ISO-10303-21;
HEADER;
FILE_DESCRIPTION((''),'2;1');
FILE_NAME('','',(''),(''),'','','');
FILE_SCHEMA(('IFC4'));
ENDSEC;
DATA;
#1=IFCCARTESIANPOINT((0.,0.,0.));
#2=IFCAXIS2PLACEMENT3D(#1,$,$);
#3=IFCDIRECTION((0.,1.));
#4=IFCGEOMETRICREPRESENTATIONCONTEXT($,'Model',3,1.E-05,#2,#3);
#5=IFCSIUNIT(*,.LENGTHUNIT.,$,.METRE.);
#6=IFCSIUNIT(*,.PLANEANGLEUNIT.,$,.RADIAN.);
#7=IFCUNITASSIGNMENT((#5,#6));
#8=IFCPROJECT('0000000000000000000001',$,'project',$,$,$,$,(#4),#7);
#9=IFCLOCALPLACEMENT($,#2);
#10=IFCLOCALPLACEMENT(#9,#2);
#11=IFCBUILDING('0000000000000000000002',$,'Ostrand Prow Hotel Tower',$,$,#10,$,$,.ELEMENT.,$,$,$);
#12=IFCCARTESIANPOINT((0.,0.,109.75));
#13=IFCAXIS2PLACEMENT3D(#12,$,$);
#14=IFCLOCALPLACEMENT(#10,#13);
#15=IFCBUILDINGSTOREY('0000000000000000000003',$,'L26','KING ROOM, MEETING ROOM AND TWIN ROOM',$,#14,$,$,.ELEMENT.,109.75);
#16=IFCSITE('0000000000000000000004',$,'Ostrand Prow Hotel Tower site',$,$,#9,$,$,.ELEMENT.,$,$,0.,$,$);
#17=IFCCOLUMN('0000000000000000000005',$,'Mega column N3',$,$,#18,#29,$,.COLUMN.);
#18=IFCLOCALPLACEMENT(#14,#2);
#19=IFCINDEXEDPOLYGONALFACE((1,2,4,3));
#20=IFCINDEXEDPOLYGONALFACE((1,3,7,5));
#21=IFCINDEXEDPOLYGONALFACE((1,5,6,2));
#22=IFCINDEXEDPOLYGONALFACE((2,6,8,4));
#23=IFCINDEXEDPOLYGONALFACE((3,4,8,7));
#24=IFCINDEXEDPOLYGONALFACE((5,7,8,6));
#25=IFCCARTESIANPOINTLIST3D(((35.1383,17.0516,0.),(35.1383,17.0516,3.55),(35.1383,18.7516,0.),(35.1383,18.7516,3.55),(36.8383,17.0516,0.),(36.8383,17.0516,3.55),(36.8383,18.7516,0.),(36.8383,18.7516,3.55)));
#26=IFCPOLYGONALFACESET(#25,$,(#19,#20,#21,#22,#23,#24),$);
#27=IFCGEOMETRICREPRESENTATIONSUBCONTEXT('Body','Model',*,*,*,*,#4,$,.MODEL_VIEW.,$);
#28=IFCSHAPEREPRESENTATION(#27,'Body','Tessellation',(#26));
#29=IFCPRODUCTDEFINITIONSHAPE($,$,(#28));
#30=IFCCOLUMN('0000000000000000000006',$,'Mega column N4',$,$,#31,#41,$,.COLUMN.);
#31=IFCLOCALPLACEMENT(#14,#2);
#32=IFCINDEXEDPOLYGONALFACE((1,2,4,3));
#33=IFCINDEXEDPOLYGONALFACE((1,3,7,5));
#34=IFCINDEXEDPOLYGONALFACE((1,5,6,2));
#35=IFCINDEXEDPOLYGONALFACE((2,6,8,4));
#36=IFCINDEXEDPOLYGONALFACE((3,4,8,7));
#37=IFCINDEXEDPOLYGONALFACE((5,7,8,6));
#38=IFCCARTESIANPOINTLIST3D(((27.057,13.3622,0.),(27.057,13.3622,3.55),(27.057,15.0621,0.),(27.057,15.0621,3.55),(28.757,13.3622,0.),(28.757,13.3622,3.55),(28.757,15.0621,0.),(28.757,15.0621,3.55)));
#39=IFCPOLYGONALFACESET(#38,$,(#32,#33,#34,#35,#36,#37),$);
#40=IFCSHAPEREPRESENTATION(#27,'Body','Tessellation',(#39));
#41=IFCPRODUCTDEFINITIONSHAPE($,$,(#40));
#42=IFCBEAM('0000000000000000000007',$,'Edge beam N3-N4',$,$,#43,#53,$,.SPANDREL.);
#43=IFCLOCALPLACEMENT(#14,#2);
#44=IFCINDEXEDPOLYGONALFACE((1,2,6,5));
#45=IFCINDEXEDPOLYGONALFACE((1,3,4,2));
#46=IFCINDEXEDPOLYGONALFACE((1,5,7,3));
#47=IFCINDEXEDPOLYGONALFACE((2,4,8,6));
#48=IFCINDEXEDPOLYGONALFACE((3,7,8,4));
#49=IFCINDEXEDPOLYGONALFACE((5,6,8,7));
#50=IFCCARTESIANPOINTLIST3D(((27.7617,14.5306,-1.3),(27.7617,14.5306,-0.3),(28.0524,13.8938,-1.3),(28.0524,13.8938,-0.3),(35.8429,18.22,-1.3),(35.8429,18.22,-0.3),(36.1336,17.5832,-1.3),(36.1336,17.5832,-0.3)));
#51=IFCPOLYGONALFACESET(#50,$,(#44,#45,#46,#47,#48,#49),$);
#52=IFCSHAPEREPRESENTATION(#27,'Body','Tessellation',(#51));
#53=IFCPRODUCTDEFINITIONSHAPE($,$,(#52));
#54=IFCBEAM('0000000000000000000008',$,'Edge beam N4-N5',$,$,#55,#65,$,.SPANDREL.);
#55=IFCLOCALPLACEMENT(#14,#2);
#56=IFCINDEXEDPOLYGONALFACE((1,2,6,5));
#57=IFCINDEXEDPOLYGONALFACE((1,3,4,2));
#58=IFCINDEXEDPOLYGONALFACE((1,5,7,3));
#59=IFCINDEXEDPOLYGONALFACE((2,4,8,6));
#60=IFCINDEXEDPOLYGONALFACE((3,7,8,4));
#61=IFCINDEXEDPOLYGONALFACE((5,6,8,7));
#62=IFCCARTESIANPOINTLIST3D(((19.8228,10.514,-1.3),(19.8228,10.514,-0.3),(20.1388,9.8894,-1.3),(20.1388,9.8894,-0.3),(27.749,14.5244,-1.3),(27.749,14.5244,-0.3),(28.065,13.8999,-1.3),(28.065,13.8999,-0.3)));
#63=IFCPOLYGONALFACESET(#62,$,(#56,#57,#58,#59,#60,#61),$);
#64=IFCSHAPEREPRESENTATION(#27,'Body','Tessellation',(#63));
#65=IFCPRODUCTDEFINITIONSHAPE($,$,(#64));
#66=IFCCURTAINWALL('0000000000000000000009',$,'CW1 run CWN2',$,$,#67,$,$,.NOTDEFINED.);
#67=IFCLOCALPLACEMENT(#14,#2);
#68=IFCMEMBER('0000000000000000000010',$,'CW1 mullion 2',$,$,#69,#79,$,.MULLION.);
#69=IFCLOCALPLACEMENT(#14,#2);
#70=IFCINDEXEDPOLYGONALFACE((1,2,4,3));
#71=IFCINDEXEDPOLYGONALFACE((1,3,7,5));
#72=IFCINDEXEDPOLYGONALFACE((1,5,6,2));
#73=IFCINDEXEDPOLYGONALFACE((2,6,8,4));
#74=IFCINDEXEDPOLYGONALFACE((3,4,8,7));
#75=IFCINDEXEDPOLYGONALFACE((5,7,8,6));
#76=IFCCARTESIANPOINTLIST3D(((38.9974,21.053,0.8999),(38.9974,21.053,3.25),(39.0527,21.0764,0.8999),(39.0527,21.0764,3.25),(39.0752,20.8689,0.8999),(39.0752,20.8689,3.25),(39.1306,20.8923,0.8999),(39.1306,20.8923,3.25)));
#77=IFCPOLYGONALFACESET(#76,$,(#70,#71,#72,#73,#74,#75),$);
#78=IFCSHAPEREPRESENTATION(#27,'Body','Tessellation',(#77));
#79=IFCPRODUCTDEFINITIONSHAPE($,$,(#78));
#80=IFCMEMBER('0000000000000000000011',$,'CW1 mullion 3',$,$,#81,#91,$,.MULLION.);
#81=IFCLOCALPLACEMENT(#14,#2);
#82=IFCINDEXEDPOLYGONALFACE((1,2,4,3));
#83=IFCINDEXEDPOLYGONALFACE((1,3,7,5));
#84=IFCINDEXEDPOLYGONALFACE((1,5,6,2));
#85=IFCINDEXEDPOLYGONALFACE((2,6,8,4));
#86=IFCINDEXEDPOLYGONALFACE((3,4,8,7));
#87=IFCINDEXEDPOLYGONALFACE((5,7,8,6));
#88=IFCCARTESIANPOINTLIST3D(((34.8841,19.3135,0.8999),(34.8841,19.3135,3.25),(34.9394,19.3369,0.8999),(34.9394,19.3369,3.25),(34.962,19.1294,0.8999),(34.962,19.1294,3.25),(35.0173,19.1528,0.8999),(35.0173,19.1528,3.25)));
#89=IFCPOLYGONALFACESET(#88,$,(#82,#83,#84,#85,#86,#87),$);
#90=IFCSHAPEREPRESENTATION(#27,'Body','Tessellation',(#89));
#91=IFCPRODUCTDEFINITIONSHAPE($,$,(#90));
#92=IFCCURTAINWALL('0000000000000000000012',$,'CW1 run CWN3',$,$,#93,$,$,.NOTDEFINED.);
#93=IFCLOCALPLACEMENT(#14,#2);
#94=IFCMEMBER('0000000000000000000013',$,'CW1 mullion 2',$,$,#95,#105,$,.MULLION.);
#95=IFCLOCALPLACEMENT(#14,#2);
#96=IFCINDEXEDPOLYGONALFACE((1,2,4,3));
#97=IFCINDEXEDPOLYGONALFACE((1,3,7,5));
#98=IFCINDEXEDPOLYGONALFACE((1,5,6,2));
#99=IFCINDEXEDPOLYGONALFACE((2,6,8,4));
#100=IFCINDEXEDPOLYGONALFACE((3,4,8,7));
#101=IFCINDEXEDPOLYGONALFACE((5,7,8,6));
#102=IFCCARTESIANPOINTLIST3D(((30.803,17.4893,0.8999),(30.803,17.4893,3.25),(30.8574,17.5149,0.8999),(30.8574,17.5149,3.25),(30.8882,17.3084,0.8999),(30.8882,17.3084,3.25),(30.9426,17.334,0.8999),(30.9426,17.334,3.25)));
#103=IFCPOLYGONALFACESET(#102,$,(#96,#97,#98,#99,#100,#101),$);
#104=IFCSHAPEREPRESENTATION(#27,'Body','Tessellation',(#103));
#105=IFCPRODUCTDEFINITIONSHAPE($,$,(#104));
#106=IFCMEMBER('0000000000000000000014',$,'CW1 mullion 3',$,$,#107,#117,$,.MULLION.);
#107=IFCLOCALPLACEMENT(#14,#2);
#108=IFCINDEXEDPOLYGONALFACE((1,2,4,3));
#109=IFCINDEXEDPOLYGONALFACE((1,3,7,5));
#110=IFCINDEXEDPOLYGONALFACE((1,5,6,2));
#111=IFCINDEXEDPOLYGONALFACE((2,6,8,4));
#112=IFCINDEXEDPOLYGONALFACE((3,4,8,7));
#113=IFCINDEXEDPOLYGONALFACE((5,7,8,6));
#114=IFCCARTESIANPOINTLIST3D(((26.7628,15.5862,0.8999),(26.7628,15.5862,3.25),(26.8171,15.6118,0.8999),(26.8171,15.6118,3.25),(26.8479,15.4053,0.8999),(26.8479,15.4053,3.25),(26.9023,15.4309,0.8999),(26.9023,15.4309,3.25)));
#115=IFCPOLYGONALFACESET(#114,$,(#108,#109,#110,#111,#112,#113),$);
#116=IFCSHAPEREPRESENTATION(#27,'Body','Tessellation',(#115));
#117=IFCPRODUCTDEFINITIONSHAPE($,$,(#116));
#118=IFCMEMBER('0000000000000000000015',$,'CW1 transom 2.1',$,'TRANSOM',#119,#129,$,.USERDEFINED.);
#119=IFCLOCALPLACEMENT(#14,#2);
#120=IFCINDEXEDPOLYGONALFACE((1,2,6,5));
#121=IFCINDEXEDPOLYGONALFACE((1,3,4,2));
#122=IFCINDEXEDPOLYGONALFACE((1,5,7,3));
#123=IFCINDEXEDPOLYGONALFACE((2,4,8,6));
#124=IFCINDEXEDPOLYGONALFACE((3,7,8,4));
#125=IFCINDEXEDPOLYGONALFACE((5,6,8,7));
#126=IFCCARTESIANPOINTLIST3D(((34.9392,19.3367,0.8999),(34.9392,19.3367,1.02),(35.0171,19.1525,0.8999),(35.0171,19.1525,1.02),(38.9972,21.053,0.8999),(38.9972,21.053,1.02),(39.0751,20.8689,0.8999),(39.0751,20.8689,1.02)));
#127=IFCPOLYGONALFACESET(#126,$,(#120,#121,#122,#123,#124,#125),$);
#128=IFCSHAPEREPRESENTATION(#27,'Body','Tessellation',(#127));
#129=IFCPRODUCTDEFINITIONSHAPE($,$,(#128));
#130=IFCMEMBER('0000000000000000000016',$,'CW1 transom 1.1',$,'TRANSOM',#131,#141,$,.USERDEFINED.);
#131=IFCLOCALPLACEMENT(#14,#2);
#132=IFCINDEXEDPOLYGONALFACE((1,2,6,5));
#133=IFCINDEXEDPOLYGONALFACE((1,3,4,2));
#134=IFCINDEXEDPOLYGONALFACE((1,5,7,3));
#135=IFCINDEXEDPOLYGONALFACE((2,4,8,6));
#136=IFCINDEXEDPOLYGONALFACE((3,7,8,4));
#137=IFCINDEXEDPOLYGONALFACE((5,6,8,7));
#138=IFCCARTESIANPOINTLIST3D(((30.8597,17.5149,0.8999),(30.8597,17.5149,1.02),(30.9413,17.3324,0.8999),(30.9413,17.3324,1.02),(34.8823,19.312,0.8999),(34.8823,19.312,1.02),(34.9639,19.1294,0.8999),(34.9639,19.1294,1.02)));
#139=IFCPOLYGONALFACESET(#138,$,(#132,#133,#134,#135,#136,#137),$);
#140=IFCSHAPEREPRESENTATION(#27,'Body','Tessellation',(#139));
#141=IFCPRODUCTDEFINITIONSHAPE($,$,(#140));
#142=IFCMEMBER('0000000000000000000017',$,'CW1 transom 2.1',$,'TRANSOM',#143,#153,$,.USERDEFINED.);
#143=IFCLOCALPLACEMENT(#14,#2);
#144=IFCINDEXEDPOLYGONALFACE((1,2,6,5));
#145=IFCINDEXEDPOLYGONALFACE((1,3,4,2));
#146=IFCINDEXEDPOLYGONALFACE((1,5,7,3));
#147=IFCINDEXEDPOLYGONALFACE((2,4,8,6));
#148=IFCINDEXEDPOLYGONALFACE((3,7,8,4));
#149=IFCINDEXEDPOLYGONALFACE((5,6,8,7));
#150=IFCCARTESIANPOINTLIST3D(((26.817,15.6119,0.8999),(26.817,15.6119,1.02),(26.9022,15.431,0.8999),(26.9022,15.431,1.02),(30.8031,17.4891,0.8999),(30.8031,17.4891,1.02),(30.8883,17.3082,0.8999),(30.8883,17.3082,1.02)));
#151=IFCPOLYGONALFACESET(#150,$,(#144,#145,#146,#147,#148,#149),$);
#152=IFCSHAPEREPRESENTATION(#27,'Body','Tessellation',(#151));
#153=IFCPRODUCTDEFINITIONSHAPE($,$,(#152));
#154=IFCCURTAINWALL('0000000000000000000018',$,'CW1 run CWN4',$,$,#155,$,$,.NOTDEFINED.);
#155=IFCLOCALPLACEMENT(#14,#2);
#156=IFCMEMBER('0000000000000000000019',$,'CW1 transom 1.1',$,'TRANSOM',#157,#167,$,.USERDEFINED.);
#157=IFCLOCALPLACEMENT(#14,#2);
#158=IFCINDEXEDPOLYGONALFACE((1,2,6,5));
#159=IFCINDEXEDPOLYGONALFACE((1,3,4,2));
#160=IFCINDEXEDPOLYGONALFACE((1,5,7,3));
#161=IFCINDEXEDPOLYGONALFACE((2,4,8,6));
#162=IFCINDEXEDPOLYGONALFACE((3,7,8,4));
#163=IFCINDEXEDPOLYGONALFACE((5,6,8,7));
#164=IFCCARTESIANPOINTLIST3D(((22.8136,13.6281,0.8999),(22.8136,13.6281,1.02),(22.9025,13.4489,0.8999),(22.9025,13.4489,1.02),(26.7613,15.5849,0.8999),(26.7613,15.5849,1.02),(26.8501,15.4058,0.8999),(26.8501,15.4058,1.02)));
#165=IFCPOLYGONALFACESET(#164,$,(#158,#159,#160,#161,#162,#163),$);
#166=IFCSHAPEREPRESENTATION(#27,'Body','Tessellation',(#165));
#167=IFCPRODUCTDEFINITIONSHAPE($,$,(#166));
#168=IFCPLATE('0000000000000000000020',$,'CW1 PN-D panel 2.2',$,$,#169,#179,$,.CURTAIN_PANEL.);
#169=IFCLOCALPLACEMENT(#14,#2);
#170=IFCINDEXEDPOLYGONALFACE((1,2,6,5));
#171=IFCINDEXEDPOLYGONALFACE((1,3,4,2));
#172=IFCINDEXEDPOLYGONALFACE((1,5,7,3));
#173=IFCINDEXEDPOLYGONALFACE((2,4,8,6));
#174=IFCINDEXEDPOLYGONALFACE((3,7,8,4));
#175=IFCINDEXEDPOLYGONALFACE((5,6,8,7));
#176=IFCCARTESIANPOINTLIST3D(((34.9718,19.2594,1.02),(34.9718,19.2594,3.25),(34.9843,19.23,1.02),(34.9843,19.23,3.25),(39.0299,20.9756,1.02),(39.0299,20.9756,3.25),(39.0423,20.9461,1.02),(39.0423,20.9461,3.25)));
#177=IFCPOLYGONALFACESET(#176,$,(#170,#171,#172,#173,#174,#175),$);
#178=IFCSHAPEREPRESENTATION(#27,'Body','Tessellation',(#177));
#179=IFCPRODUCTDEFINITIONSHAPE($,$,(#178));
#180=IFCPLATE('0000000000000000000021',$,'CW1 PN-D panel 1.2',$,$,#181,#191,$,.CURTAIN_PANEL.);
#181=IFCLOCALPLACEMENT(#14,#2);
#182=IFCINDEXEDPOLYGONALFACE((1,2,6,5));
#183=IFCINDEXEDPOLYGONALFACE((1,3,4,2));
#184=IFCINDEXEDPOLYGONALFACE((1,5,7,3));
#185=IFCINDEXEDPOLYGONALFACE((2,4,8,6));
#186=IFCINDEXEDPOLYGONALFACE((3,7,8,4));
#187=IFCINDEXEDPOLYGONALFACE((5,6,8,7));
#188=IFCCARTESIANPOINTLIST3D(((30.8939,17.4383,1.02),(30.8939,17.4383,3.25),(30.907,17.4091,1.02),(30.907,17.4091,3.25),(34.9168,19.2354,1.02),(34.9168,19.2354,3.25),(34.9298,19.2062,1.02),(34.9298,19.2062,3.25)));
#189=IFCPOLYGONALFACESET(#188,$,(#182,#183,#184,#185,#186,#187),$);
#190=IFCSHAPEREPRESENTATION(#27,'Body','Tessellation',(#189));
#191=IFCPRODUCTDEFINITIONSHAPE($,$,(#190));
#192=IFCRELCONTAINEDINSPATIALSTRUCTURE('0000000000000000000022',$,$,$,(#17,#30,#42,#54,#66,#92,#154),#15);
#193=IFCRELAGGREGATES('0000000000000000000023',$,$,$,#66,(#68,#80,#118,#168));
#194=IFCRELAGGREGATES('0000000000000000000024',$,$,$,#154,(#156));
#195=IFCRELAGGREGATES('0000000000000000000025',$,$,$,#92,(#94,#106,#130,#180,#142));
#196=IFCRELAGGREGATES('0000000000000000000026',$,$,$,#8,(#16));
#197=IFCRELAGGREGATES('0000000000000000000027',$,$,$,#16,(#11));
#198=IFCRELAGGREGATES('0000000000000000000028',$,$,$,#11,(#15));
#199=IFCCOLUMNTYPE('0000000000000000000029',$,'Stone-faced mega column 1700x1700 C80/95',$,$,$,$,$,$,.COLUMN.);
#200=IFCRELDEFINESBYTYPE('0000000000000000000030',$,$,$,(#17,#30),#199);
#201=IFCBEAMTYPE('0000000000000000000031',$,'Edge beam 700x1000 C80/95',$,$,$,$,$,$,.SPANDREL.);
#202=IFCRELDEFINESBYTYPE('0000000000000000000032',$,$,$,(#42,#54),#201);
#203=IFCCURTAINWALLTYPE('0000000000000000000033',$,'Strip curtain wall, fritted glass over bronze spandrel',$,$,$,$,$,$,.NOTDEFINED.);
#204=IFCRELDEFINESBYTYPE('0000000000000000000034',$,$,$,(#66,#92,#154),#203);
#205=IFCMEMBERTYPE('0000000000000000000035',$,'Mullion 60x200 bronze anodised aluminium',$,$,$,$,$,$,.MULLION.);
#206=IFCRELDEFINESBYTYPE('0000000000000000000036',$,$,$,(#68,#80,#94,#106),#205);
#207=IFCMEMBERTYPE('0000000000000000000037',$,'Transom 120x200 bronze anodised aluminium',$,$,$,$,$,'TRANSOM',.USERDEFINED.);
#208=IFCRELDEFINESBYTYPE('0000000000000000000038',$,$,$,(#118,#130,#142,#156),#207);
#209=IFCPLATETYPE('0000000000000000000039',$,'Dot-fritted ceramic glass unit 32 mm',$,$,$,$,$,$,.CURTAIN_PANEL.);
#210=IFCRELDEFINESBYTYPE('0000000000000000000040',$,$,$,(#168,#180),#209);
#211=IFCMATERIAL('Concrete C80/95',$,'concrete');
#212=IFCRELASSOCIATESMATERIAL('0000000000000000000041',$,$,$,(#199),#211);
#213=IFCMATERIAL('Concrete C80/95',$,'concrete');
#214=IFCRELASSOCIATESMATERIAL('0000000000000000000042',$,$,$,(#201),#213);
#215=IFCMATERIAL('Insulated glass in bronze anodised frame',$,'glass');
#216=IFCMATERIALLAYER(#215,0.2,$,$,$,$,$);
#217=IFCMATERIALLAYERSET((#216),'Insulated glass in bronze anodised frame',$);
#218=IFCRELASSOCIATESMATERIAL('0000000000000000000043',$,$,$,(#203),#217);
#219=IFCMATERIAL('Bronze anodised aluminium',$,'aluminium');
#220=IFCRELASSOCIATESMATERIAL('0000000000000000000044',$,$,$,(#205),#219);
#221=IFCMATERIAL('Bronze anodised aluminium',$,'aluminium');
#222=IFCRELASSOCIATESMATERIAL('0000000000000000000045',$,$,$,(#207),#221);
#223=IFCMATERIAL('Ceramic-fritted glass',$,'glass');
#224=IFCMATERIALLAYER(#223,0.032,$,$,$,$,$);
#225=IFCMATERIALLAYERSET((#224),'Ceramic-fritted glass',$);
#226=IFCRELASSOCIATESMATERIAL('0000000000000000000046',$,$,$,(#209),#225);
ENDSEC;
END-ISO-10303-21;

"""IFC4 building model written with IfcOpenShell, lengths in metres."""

from ifc_helpers import new_model, si_unit, direction, frame, origin, origin_2d, place, context, subcontext, project, spatial, rectangle, extrude, material, layer, layer_set, material_profile, profile_set, type_object, element, aggregate, save


model = new_model("IFC4")

# Units and contexts
model_context = context("Model", 3, precision=1e-05, world=origin(), true_north=direction((0.0, 1.0)))
body_context = subcontext(model_context, "Body", "Model", "MODEL_VIEW")
ifc_project = project(units=[si_unit("LENGTHUNIT", "METRE"), si_unit("PLANEANGLEUNIT", "RADIAN")], contexts=[model_context])

# Site, building, storey
site_placement = place(None, origin())
site = spatial("IfcSite", under=ifc_project, at=site_placement, Name="Ostrand Prow Hotel Tower site", CompositionType="ELEMENT", RefElevation=0.0)
building_placement = place(site_placement, origin())
building = spatial("IfcBuilding", under=site, at=building_placement, Name="Ostrand Prow Hotel Tower", CompositionType="ELEMENT")
storey_placement = place(building_placement, frame((0.0, 0.0, 109.75)))
storey = spatial("IfcBuildingStorey", under=building, at=storey_placement, Name="L26", Description="KING ROOM, MEETING ROOM AND TWIN ROOM", CompositionType="ELEMENT", Elevation=109.75)

# Columns
ifc_material_1 = material(Name="Concrete C80/95", Category="concrete")
ifc_material_profile_1 = material_profile(ifc_material_1, rectangle(XDim=1.7, YDim=1.7, at=origin_2d()), Name="RC 1700x1700")
ifc_profile_set_1 = profile_set([ifc_material_profile_1], Name="Concrete C80/95")
column_type = type_object("IfcColumnType", Name="Stone-faced mega column 1700x1700 C80/95", PredefinedType="COLUMN", material=ifc_profile_set_1)
for number, where, z_axis, x_axis, name in (
    (1, (35.9883, 17.9016, 0.0), (0.0, 0.0, 1.0), (1.0, 0.0, 0.0), "Mega column N3"),
    (2, (27.907, 14.2122, 0.0), (0.0, 0.0, 1.0), (1.0, 0.0, 0.0), "Mega column N4"),
):
    element("IfcColumn", number, at=place(storey_placement, frame(where, z_axis=z_axis, x_axis=x_axis)), inside=storey, type_object=column_type, Name=name, PredefinedType="COLUMN", context=body_context, shape_type="SweptSolid", body=[
        extrude(rectangle(XDim=1.7, YDim=1.7, at=origin_2d()), origin(), (0.0, 0.0, 1.0), 3.55),
    ])

# Beams
ifc_material_2 = material(Name="Concrete C80/95", Category="concrete")
ifc_material_profile_2 = material_profile(ifc_material_2, rectangle(XDim=0.7, YDim=1.0, at=origin_2d()), Name="RC 700x1000")
ifc_profile_set_2 = profile_set([ifc_material_profile_2], Name="Concrete C80/95")
beam_type = type_object("IfcBeamType", Name="Edge beam 700x1000 C80/95", PredefinedType="SPANDREL", material=ifc_profile_set_2)
beam_1_placement = place(storey_placement, frame((35.9883, 17.9016, -0.8), z_axis=(-0.909681, -0.415308, 0.0), x_axis=(0.415308, -0.909681, 0.0)))
element("IfcBeam", 3, at=beam_1_placement, inside=storey, type_object=beam_type, Name="Edge beam N3-N4", PredefinedType="SPANDREL", context=body_context, shape_type="SweptSolid", body=[
    extrude(rectangle(XDim=0.7, YDim=1.0, at=origin_2d()), origin(), (0.0, 0.0, 1.0), 8.8835),
])
beam_2_placement = place(storey_placement, frame((27.907, 14.2122, -0.8), z_axis=(-0.892284, -0.451474, 0.0), x_axis=(0.451474, -0.892284, 0.0)))
element("IfcBeam", 4, at=beam_2_placement, inside=storey, type_object=beam_type, Name="Edge beam N4-N5", PredefinedType="SPANDREL", context=body_context, shape_type="SweptSolid", body=[
    extrude(rectangle(XDim=0.7, YDim=1.0, at=origin_2d()), origin(), (0.0, 0.0, 1.0), 8.8831),
])

# Curtain walls, members
ifc_material_3 = material(Name="Insulated glass in bronze anodised frame", Category="glass")
ifc_layer_1 = layer(ifc_material_3, 0.2)
ifc_layer_set_1 = layer_set([ifc_layer_1], Name="Insulated glass in bronze anodised frame")
curtain_wall_type = type_object("IfcCurtainWallType", Name="Strip curtain wall, fritted glass over bronze spandrel", PredefinedType="NOTDEFINED", material=ifc_layer_set_1)
curtain_wall_1_placement = place(storey_placement, origin())
curtain_wall_1 = element("IfcCurtainWall", 5, at=curtain_wall_1_placement, inside=storey, type_object=curtain_wall_type, Name="CW1 run CWN2", PredefinedType="NOTDEFINED")
ifc_material_4 = material(Name="Bronze anodised aluminium", Category="aluminium")
ifc_material_profile_3 = material_profile(ifc_material_4, rectangle(XDim=0.2, YDim=0.0601, at=origin_2d()), Name="Mullion 60x200 bronze anodised aluminium")
ifc_profile_set_3 = profile_set([ifc_material_profile_3], Name="Bronze anodised aluminium")
member_type_1 = type_object("IfcMemberType", Name="Mullion 60x200 bronze anodised aluminium", PredefinedType="MULLION", material=ifc_profile_set_3)
member_1_placement = place(storey_placement, frame((39.064, 20.9727, 0.8999), z_axis=(0.0, 0.0, 1.0), x_axis=(0.389507, -0.921024, 0.0)))
member_1 = element("IfcMember", 6, at=member_1_placement, type_object=member_type_1, Name="CW1 mullion 2", PredefinedType="MULLION", context=body_context, shape_type="SweptSolid", body=[
    extrude(rectangle(XDim=0.2, YDim=0.0601, at=origin_2d()), origin(), (0.0, 0.0, 1.0), 2.3501),
])
member_2_placement = place(storey_placement, frame((34.9507, 19.2332, 0.8999), z_axis=(0.0, 0.0, 1.0), x_axis=(0.389507, -0.921024, 0.0)))
member_2 = element("IfcMember", 7, at=member_2_placement, type_object=member_type_1, Name="CW1 mullion 3", PredefinedType="MULLION", context=body_context, shape_type="SweptSolid", body=[
    extrude(rectangle(XDim=0.2, YDim=0.0601, at=origin_2d()), origin(), (0.0, 0.0, 1.0), 2.3501),
])
curtain_wall_2_placement = place(storey_placement, origin())
curtain_wall_2 = element("IfcCurtainWall", 8, at=curtain_wall_2_placement, inside=storey, type_object=curtain_wall_type, Name="CW1 run CWN3", PredefinedType="NOTDEFINED")
member_3_placement = place(storey_placement, frame((30.8728, 17.4116, 0.8999), z_axis=(0.0, 0.0, 1.0), x_axis=(0.426079, -0.904686, 0.0)))
member_3 = element("IfcMember", 9, at=member_3_placement, type_object=member_type_1, Name="CW1 mullion 2", PredefinedType="MULLION", context=body_context, shape_type="SweptSolid", body=[
    extrude(rectangle(XDim=0.2, YDim=0.0601, at=origin_2d()), origin(), (0.0, 0.0, 1.0), 2.3501),
])
member_4_placement = place(storey_placement, frame((26.8325, 15.5085, 0.8999), z_axis=(0.0, 0.0, 1.0), x_axis=(0.426079, -0.904686, 0.0)))
member_4 = element("IfcMember", 10, at=member_4_placement, type_object=member_type_1, Name="CW1 mullion 3", PredefinedType="MULLION", context=body_context, shape_type="SweptSolid", body=[
    extrude(rectangle(XDim=0.2, YDim=0.0601, at=origin_2d()), origin(), (0.0, 0.0, 1.0), 2.3501),
])

# Members
ifc_material_5 = material(Name="Bronze anodised aluminium", Category="aluminium")
ifc_material_profile_4 = material_profile(ifc_material_5, rectangle(XDim=0.2, YDim=0.1201, at=origin_2d()), Name="Transom 120x200 bronze anodised aluminium")
ifc_profile_set_4 = profile_set([ifc_material_profile_4], Name="Bronze anodised aluminium")
member_type_2 = type_object("IfcMemberType", Name="Transom 120x200 bronze anodised aluminium", ElementType="TRANSOM", PredefinedType="USERDEFINED", material=ifc_profile_set_4)
member_5_placement = place(storey_placement, frame((39.0361, 20.9609, 0.96), z_axis=(-0.921006, -0.389548, 0.0), x_axis=(0.389548, -0.921006, 0.0)))
member_5 = element("IfcMember", 11, at=member_5_placement, type_object=member_type_2, Name="CW1 transom 2.1", ObjectType="TRANSOM", PredefinedType="USERDEFINED", context=body_context, shape_type="SweptSolid", body=[
    extrude(rectangle(XDim=0.2, YDim=0.1201, at=origin_2d()), origin(), (0.0, 0.0, 1.0), 4.406),
])
member_6_placement = place(storey_placement, frame((34.9231, 19.2207, 0.96), z_axis=(-0.913031, -0.407891, 0.0), x_axis=(0.407891, -0.913031, 0.0)))
member_6 = element("IfcMember", 12, at=member_6_placement, type_object=member_type_2, Name="CW1 transom 1.1", ObjectType="TRANSOM", PredefinedType="USERDEFINED", context=body_context, shape_type="SweptSolid", body=[
    extrude(rectangle(XDim=0.2, YDim=0.1201, at=origin_2d()), origin(), (0.0, 0.0, 1.0), 4.4058),
])
member_7_placement = place(storey_placement, frame((30.8457, 17.3987, 0.96), z_axis=(-0.904697, -0.426056, 0.0), x_axis=(0.426056, -0.904697, 0.0)))
member_7 = element("IfcMember", 13, at=member_7_placement, type_object=member_type_2, Name="CW1 transom 2.1", ObjectType="TRANSOM", PredefinedType="USERDEFINED", context=body_context, shape_type="SweptSolid", body=[
    extrude(rectangle(XDim=0.2, YDim=0.1201, at=origin_2d()), origin(), (0.0, 0.0, 1.0), 4.406),
])

# Curtain wall, member
curtain_wall_3_placement = place(storey_placement, origin())
curtain_wall_3 = element("IfcCurtainWall", 14, at=curtain_wall_3_placement, inside=storey, type_object=curtain_wall_type, Name="CW1 run CWN4", PredefinedType="NOTDEFINED")
member_8_placement = place(storey_placement, frame((26.8057, 15.4954, 0.96), z_axis=(-0.895962, -0.44413, 0.0), x_axis=(0.44413, -0.895962, 0.0)))
member_8 = element("IfcMember", 15, at=member_8_placement, type_object=member_type_2, Name="CW1 transom 1.1", ObjectType="TRANSOM", PredefinedType="USERDEFINED", context=body_context, shape_type="SweptSolid", body=[
    extrude(rectangle(XDim=0.2, YDim=0.1201, at=origin_2d()), origin(), (0.0, 0.0, 1.0), 4.406),
])

# Plates
ifc_material_6 = material(Name="Ceramic-fritted glass", Category="glass")
ifc_layer_2 = layer(ifc_material_6, 0.032)
ifc_layer_set_2 = layer_set([ifc_layer_2], Name="Ceramic-fritted glass")
plate_type_1 = type_object("IfcPlateType", Name="Dot-fritted ceramic glass unit 32 mm", PredefinedType="CURTAIN_PANEL", material=ifc_layer_set_2)
plate_1_placement = place(storey_placement, frame((37.0071, 20.1028, 1.02), z_axis=(0.0, 0.0, 1.0), x_axis=(-0.921024, -0.389507, 0.0)))
plate_1 = element("IfcPlate", 16, at=plate_1_placement, type_object=plate_type_1, Name="CW1 PN-D panel 2.2", PredefinedType="CURTAIN_PANEL", context=body_context, shape_type="SweptSolid", body=[
    extrude(rectangle(XDim=4.406, YDim=0.032, at=origin_2d()), origin(), (0.0, 0.0, 1.0), 2.23),
])
aggregate(curtain_wall_1, [member_1, member_2, member_5, plate_1])
plate_2_placement = place(storey_placement, frame((32.9119, 18.3223, 1.02), z_axis=(0.0, 0.0, 1.0), x_axis=(-0.913038, -0.407875, 0.0)))
plate_2 = element("IfcPlate", 17, at=plate_2_placement, type_object=plate_type_1, Name="CW1 PN-D panel 1.2", PredefinedType="CURTAIN_PANEL", context=body_context, shape_type="SweptSolid", body=[
    extrude(rectangle(XDim=4.406, YDim=0.032, at=origin_2d()), origin(), (0.0, 0.0, 1.0), 2.23),
])
aggregate(curtain_wall_3, [member_8])
aggregate(curtain_wall_2, [member_3, member_4, member_6, plate_2, member_7])

save(model, "model.ifc")
